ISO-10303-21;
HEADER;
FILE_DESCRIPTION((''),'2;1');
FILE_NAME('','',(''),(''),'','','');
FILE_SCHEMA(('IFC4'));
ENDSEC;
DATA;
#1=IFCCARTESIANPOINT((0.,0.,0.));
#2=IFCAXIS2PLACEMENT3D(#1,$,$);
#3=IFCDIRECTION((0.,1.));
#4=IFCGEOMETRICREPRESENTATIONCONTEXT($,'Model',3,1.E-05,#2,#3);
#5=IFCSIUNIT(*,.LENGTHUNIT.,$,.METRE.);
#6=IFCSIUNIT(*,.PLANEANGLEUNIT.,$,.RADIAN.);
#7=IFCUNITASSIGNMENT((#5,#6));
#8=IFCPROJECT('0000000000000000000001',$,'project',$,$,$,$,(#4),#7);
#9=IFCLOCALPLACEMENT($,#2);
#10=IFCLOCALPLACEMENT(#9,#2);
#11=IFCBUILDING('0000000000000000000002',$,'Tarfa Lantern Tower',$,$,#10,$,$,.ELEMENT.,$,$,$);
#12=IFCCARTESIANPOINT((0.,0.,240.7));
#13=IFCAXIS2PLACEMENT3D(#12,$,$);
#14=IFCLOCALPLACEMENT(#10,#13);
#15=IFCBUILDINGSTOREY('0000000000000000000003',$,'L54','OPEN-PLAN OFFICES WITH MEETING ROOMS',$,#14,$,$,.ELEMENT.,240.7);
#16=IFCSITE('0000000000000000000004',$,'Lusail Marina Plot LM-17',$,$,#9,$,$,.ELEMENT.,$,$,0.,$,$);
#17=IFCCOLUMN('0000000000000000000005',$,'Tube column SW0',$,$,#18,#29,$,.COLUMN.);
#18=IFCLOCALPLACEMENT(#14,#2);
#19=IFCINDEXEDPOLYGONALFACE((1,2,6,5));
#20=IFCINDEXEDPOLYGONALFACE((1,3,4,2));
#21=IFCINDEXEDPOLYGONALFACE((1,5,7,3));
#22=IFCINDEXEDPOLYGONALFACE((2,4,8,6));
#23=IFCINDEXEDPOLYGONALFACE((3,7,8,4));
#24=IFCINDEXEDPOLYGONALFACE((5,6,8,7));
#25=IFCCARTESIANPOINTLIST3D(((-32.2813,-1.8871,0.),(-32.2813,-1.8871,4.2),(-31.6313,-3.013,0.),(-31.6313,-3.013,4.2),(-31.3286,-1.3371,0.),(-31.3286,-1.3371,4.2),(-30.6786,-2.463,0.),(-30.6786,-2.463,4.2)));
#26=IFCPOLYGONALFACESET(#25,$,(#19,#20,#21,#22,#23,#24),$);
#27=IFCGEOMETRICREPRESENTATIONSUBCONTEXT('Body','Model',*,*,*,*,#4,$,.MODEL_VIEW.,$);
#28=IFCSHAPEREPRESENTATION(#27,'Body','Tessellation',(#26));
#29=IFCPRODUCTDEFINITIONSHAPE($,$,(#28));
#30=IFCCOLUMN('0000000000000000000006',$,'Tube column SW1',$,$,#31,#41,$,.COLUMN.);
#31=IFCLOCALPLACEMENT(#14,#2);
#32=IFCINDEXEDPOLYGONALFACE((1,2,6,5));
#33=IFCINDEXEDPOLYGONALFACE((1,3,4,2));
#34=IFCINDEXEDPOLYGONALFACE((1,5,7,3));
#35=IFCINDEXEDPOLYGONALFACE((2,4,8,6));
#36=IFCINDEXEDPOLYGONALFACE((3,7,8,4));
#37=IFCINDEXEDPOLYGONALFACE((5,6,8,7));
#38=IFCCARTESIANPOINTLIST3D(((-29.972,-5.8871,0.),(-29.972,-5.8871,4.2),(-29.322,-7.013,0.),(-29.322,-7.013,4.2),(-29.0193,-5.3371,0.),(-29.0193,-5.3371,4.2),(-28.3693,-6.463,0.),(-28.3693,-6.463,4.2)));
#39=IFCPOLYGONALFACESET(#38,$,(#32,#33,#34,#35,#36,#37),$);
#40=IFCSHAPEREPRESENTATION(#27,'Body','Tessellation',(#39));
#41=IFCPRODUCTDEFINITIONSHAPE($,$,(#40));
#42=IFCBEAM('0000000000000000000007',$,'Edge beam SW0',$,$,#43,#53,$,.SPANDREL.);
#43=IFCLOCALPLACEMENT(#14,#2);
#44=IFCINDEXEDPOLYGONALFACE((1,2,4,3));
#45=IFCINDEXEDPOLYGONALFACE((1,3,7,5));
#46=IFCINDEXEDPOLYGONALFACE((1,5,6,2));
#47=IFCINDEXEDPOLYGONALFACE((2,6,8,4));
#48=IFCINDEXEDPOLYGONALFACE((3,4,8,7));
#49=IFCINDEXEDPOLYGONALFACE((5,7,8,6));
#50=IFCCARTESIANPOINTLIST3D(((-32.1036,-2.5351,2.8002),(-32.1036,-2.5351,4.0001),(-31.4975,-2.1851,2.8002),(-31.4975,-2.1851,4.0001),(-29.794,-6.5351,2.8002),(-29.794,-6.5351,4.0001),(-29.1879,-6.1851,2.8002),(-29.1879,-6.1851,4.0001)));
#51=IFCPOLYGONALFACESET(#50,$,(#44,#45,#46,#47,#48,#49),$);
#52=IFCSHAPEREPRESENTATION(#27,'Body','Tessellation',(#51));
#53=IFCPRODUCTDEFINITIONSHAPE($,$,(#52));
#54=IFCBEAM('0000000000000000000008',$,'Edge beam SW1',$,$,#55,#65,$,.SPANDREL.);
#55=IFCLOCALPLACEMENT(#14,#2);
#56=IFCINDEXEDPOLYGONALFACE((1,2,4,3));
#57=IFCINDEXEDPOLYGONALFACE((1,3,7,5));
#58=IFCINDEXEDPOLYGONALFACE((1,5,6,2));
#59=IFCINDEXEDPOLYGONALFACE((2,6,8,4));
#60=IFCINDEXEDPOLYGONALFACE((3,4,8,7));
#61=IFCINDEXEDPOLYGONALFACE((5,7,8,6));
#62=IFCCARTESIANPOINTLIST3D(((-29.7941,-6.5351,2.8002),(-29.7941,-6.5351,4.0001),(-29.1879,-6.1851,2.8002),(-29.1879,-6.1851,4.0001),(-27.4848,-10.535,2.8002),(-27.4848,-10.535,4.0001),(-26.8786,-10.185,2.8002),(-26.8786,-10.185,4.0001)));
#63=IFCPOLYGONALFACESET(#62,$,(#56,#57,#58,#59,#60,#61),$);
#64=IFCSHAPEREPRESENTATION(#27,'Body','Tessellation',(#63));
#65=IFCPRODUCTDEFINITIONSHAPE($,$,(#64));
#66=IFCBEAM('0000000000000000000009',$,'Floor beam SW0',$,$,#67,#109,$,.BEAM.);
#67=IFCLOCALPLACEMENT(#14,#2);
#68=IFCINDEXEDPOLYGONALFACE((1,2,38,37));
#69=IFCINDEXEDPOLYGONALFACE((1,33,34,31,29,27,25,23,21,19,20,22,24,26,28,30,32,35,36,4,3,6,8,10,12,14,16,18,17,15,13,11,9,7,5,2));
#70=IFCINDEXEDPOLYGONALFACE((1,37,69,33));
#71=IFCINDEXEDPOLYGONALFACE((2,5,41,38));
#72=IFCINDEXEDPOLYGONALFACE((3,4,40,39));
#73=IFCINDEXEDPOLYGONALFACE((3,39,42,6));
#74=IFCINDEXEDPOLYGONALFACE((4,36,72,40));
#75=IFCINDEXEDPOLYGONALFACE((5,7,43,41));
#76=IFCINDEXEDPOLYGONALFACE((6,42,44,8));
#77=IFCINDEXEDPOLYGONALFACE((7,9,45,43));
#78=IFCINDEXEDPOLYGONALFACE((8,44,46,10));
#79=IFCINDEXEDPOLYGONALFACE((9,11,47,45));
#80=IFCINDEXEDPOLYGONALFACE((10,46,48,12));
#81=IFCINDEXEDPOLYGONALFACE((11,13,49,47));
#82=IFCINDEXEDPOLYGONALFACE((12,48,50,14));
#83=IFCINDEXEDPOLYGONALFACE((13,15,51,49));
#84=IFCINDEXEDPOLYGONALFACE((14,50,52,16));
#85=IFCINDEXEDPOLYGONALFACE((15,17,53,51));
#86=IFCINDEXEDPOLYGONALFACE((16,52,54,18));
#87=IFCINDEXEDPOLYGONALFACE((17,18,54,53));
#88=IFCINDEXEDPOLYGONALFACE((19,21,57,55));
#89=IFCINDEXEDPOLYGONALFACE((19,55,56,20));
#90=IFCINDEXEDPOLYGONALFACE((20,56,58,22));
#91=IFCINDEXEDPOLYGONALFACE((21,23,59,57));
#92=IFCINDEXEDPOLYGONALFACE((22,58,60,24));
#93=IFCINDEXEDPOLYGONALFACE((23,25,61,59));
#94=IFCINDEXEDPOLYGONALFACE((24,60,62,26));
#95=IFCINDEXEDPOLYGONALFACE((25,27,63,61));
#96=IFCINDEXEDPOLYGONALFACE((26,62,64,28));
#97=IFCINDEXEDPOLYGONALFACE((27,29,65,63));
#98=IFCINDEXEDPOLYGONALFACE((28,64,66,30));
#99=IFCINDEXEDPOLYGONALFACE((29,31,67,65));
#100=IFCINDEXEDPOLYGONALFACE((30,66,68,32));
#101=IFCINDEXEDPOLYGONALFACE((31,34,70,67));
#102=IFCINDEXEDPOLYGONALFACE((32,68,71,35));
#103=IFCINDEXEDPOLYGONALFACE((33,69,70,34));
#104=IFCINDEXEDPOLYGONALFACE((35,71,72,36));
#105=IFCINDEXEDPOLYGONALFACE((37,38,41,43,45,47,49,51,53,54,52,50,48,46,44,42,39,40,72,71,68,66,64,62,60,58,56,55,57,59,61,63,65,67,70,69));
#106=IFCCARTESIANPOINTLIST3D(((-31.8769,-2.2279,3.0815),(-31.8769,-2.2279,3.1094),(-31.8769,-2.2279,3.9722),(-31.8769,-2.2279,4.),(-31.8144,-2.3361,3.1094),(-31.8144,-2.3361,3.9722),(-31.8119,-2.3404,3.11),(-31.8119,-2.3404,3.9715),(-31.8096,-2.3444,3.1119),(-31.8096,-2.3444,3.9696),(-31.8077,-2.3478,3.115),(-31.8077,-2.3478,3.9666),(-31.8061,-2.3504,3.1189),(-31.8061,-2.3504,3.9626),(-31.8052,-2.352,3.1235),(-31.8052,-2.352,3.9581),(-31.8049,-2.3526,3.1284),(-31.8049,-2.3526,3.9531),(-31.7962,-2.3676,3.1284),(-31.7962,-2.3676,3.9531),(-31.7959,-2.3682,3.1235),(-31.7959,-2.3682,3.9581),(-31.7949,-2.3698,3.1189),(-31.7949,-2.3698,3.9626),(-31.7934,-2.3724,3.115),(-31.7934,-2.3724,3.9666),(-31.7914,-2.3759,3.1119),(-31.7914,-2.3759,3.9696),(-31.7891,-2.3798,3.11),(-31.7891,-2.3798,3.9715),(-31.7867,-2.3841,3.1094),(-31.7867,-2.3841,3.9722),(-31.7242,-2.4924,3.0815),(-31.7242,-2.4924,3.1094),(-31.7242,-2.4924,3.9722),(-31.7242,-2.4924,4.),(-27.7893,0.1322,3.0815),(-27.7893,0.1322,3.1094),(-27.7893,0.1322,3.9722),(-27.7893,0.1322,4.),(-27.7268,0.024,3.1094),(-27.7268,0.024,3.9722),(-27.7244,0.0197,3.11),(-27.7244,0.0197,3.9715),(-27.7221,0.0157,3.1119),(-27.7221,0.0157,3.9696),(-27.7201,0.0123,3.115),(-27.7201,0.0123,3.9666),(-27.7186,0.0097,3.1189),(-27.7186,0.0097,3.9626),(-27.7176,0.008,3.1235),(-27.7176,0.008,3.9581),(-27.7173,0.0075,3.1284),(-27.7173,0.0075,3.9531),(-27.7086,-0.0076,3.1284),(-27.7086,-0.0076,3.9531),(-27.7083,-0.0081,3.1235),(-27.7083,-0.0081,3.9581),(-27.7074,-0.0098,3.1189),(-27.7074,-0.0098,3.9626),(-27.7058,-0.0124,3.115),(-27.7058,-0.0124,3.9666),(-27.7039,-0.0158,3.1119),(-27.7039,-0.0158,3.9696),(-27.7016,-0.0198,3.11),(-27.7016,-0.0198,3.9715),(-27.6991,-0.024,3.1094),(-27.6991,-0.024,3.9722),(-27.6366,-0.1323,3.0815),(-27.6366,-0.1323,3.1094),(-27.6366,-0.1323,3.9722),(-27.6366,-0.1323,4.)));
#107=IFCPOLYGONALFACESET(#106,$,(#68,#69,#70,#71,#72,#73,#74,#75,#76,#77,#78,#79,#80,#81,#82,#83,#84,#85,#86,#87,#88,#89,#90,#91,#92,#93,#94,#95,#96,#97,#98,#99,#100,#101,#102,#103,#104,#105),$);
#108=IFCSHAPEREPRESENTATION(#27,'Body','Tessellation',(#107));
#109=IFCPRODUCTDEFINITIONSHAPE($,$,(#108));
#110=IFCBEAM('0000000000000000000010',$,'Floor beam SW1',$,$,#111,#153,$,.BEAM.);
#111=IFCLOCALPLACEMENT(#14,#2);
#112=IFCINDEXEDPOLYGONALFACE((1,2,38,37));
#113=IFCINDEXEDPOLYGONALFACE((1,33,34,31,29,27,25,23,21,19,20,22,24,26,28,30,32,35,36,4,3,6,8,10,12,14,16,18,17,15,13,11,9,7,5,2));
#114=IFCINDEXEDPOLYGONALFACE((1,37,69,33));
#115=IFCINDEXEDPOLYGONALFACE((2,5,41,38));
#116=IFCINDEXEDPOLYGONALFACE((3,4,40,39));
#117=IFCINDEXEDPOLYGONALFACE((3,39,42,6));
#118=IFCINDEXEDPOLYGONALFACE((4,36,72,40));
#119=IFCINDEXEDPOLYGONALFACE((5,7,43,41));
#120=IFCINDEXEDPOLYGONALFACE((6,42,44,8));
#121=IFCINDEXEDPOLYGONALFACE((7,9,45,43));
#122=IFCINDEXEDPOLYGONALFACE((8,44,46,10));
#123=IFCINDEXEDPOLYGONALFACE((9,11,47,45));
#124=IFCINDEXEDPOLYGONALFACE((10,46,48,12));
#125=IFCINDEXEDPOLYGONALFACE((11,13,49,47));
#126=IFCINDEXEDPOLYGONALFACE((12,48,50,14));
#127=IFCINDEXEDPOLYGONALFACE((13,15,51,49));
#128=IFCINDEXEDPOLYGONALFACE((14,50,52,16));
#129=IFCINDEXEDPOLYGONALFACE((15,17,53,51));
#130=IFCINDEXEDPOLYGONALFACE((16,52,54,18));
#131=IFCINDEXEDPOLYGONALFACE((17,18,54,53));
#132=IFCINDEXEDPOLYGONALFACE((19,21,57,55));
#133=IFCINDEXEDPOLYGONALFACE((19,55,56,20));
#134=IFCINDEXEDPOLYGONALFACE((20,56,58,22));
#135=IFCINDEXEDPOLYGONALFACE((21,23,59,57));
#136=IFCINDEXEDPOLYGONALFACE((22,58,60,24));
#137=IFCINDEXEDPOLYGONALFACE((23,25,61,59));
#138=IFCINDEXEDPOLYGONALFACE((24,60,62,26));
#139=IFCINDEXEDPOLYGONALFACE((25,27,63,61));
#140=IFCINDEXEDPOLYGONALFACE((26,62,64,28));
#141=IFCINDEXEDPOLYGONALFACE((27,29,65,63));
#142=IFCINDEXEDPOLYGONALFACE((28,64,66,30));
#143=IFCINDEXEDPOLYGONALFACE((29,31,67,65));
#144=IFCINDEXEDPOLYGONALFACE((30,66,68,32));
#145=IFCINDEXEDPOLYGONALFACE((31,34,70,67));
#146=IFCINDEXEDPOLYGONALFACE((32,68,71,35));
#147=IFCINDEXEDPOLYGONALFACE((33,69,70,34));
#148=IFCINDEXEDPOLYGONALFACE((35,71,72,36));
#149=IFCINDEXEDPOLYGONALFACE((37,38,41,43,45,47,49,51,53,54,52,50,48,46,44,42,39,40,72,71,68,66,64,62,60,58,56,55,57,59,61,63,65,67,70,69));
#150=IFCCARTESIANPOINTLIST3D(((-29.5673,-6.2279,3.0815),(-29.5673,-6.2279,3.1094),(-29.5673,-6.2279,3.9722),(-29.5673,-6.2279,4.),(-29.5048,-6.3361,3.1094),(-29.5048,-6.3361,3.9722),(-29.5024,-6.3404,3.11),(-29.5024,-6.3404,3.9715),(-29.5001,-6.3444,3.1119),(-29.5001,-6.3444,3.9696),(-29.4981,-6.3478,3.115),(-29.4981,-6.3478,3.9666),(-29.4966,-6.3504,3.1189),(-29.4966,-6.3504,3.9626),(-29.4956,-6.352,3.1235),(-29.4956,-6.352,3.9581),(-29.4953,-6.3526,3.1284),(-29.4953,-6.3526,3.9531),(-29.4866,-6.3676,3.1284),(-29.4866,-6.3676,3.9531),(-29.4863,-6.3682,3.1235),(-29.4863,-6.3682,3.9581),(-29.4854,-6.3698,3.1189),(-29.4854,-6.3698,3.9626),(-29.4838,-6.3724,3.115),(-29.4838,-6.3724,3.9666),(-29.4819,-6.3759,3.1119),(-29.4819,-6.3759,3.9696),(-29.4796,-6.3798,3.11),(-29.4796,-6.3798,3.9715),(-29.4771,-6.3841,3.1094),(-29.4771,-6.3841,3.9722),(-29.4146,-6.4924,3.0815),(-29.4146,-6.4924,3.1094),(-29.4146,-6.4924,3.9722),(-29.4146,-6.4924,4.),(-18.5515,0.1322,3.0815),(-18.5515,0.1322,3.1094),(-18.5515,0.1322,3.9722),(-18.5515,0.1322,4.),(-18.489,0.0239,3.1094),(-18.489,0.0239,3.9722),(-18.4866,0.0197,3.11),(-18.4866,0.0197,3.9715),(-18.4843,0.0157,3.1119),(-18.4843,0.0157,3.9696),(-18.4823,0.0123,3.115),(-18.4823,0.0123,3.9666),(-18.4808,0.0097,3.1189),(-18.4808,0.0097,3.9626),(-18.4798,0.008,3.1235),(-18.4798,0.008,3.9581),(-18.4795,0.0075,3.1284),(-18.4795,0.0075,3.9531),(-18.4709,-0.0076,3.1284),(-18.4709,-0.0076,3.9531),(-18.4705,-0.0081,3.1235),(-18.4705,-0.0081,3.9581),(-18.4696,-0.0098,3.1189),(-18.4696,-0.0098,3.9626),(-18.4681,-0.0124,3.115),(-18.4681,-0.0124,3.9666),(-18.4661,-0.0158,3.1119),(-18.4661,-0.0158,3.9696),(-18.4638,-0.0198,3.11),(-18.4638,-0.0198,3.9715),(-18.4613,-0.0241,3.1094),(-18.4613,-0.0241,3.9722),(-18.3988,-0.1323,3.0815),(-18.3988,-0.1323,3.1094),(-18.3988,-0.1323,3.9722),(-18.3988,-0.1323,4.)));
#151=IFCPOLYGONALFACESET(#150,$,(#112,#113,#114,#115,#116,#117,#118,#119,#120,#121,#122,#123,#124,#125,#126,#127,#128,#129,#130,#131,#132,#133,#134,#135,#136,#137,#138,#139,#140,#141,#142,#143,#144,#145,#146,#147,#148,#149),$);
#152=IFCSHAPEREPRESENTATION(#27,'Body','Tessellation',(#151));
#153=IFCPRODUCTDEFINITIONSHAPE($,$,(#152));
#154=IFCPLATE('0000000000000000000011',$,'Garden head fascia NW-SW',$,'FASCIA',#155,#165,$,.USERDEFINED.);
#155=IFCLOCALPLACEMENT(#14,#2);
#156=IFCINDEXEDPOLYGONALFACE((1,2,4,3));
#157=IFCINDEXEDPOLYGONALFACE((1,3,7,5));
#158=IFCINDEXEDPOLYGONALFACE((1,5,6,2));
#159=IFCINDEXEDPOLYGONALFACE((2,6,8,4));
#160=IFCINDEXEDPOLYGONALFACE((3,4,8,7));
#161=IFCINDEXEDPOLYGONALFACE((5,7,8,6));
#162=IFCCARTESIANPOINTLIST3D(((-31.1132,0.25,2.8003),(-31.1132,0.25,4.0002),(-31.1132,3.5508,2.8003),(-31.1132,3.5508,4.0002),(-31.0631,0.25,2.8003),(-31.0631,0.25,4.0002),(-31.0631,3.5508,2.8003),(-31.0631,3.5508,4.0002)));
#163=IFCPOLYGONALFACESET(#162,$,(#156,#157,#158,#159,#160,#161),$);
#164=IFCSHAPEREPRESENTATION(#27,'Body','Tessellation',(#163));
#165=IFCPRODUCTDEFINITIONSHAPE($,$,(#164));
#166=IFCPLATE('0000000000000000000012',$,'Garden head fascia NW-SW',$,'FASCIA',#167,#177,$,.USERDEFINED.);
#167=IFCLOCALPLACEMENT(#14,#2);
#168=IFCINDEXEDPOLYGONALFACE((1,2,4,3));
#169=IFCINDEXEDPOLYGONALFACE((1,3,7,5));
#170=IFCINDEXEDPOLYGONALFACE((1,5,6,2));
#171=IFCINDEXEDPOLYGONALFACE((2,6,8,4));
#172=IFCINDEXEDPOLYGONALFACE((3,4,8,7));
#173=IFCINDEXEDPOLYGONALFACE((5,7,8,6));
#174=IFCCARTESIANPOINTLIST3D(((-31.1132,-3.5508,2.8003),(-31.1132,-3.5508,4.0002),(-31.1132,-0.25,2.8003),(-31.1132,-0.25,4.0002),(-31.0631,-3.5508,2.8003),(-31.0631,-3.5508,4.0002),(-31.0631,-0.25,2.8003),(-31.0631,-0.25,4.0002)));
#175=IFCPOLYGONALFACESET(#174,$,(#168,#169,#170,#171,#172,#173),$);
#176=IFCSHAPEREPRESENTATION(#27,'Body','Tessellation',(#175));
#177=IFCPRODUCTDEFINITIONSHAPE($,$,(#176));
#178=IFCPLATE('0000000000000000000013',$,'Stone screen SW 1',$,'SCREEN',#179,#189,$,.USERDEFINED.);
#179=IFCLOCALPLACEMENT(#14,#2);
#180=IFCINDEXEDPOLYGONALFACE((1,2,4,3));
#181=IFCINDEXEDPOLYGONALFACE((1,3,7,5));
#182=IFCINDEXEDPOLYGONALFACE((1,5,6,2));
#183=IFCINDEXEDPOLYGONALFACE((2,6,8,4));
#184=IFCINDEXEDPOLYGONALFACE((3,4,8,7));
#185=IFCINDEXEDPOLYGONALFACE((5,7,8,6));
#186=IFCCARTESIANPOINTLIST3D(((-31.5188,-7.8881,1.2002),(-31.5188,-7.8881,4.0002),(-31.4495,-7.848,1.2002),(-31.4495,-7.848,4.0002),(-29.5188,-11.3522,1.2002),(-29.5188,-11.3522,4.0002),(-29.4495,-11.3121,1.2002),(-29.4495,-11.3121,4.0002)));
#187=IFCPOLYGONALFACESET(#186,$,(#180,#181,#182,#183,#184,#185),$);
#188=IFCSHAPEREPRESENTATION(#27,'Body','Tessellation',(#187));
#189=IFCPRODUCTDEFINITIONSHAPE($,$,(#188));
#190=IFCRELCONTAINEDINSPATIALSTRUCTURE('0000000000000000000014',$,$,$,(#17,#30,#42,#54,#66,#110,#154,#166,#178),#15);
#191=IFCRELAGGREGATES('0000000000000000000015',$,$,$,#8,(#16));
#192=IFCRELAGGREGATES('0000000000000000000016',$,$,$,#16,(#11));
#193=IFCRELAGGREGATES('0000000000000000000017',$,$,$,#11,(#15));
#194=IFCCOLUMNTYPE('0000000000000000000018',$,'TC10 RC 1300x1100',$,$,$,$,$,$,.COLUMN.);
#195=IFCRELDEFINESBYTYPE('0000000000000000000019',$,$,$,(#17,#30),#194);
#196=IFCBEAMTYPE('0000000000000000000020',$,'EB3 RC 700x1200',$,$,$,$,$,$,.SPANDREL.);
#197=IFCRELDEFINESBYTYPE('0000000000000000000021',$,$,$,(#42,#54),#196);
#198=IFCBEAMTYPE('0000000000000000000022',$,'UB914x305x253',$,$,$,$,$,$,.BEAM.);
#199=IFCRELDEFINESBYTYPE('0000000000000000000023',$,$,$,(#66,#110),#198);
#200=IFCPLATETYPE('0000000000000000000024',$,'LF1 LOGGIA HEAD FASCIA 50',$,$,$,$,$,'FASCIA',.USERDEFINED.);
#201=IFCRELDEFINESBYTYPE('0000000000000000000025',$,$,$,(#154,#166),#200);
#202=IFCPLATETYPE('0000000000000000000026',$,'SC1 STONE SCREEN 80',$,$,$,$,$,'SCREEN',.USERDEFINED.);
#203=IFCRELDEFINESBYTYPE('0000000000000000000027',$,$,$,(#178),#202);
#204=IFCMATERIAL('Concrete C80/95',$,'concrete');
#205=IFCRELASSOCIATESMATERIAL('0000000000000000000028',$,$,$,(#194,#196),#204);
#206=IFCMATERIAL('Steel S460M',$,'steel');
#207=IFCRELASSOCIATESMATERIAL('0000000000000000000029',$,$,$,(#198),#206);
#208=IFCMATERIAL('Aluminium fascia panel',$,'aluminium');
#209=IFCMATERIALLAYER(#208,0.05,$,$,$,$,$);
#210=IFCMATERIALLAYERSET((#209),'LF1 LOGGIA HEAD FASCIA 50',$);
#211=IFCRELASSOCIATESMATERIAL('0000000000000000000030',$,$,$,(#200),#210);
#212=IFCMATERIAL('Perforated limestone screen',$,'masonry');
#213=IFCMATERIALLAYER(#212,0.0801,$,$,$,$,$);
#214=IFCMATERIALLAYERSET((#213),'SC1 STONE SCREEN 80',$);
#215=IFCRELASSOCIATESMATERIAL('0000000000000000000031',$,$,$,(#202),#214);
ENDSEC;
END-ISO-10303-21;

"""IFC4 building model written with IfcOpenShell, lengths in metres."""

from ifc_helpers import new_model, si_unit, direction, frame, origin, origin_2d, place, context, subcontext, project, spatial, rectangle, i_section, extrude, material, layer, layer_set, material_profile, profile_set, type_object, element, save


model = new_model("IFC4")

# Units and contexts
model_context = context("Model", 3, precision=1e-05, world=origin(), true_north=direction((0.0, 1.0)))
body_context = subcontext(model_context, "Body", "Model", "MODEL_VIEW")
ifc_project = project(units=[si_unit("LENGTHUNIT", "METRE"), si_unit("PLANEANGLEUNIT", "RADIAN")], contexts=[model_context])

# Site, building, storey
site_placement = place(None, origin())
site = spatial("IfcSite", under=ifc_project, at=site_placement, Name="Lusail Marina Plot LM-17", CompositionType="ELEMENT", RefElevation=0.0)
building_placement = place(site_placement, origin())
building = spatial("IfcBuilding", under=site, at=building_placement, Name="Tarfa Lantern Tower", CompositionType="ELEMENT")
storey_placement = place(building_placement, frame((0.0, 0.0, 240.7)))
storey = spatial("IfcBuildingStorey", under=building, at=storey_placement, Name="L54", Description="OPEN-PLAN OFFICES WITH MEETING ROOMS", CompositionType="ELEMENT", Elevation=240.7)

# Columns
ifc_material_1 = material(Name="Concrete C80/95", Category="concrete")
ifc_material_profile_1 = material_profile(ifc_material_1, rectangle(XDim=1.3, YDim=1.1001, at=origin_2d()), Name="RC 1300x1100")
ifc_profile_set_1 = profile_set([ifc_material_profile_1], Name="Concrete C80/95")
column_type = type_object("IfcColumnType", Name="TC10 RC 1300x1100", PredefinedType="COLUMN", material=ifc_profile_set_1)
for number, where, z_axis, x_axis, name in (
    (1, (-31.48, -2.175, 0.0), (0.0, 0.0, 1.0), (0.5, -0.866025, 0.0), "Tube column SW0"),
    (2, (-29.1707, -6.175, 0.0), (0.0, 0.0, 1.0), (0.5, -0.866025, 0.0), "Tube column SW1"),
):
    element("IfcColumn", number, at=place(storey_placement, frame(where, z_axis=z_axis, x_axis=x_axis)), inside=storey, type_object=column_type, Name=name, PredefinedType="COLUMN", context=body_context, shape_type="SweptSolid", body=[
        extrude(rectangle(XDim=1.3, YDim=1.1001, at=origin_2d()), origin(), (0.0, 0.0, 1.0), 4.2),
    ])

# Beams
ifc_material_profile_2 = material_profile(ifc_material_1, rectangle(XDim=0.7, YDim=1.2, at=origin_2d()), Name="RC 700x1200")
ifc_profile_set_2 = profile_set([ifc_material_profile_2], Name="Concrete C80/95")
beam_type_1 = type_object("IfcBeamType", Name="EB3 RC 700x1200", PredefinedType="SPANDREL", material=ifc_profile_set_2)
beam_1_placement = place(storey_placement, frame((-31.8005, -2.3601, 3.4001), z_axis=(0.500027, -0.86601, 0.0), x_axis=(0.86601, 0.500027, 0.0)))
element("IfcBeam", 3, at=beam_1_placement, inside=storey, type_object=beam_type_1, Name="Edge beam SW0", PredefinedType="SPANDREL", context=body_context, shape_type="SweptSolid", body=[
    extrude(rectangle(XDim=0.7, YDim=1.2, at=origin_2d()), origin(), (0.0, 0.0, 1.0), 4.6189),
])
beam_2_placement = place(storey_placement, frame((-29.491, -6.3601, 3.4001), z_axis=(0.499988, -0.866032, 0.0), x_axis=(0.866032, 0.499988, 0.0)))
element("IfcBeam", 4, at=beam_2_placement, inside=storey, type_object=beam_type_1, Name="Edge beam SW1", PredefinedType="SPANDREL", context=body_context, shape_type="SweptSolid", body=[
    extrude(rectangle(XDim=0.7, YDim=1.2, at=origin_2d()), origin(), (0.0, 0.0, 1.0), 4.6187),
])
ifc_material_2 = material(Name="Steel S460M", Category="steel")
ifc_material_profile_3 = material_profile(ifc_material_2, i_section(OverallWidth=0.3054, OverallDepth=0.9185, WebThickness=0.0173, FlangeThickness=0.0278, FilletRadius=0.019, at=origin_2d()), Name="UB914x305x253")
ifc_profile_set_3 = profile_set([ifc_material_profile_3], Name="Steel S460M")
beam_type_2 = type_object("IfcBeamType", Name="UB914x305x253", PredefinedType="BEAM", material=ifc_profile_set_3)
beam_3_placement = place(storey_placement, frame((-31.8005, -2.3601, 3.5408), z_axis=(0.866016, 0.500016, 0.0), x_axis=(-0.500016, 0.866016, 0.0)))
element("IfcBeam", 5, at=beam_3_placement, inside=storey, type_object=beam_type_2, Name="Floor beam SW0", PredefinedType="BEAM", context=body_context, shape_type="SweptSolid", body=[
    extrude(i_section(OverallWidth=0.3054, OverallDepth=0.9185, WebThickness=0.0173, FlangeThickness=0.0278, FilletRadius=0.019, at=origin_2d()), origin(), (0.0, 0.0, 1.0), 4.72),
])
beam_4_placement = place(storey_placement, frame((-29.491, -6.3601, 3.5408), z_axis=(0.866022, 0.500005, 0.0), x_axis=(-0.500005, 0.866022, 0.0)))
element("IfcBeam", 6, at=beam_4_placement, inside=storey, type_object=beam_type_2, Name="Floor beam SW1", PredefinedType="BEAM", context=body_context, shape_type="SweptSolid", body=[
    extrude(i_section(OverallWidth=0.3054, OverallDepth=0.9185, WebThickness=0.0173, FlangeThickness=0.0278, FilletRadius=0.019, at=origin_2d()), origin(), (0.0, 0.0, 1.0), 12.72),
])

# Plates
ifc_material_3 = material(Name="Aluminium fascia panel", Category="aluminium")
ifc_layer_1 = layer(ifc_material_3, 0.05)
ifc_layer_set_1 = layer_set([ifc_layer_1], Name="LF1 LOGGIA HEAD FASCIA 50")
plate_type_1 = type_object("IfcPlateType", Name="LF1 LOGGIA HEAD FASCIA 50", ElementType="FASCIA", PredefinedType="USERDEFINED", material=ifc_layer_set_1)
for number, where, z_axis, x_axis, name in (
    (7, (-31.0881, 1.9004, 2.8003), (0.0, 0.0, 1.0), (0.0, -1.0, 0.0), "Garden head fascia NW-SW"),
    (8, (-31.0881, -1.9004, 2.8003), (0.0, 0.0, 1.0), (0.0, -1.0, 0.0), "Garden head fascia NW-SW"),
):
    element("IfcPlate", number, at=place(storey_placement, frame(where, z_axis=z_axis, x_axis=x_axis)), inside=storey, type_object=plate_type_1, Name=name, ObjectType="FASCIA", PredefinedType="USERDEFINED", context=body_context, shape_type="SweptSolid", body=[
        extrude(rectangle(XDim=3.3008, YDim=0.05, at=origin_2d()), origin(), (0.0, 0.0, 1.0), 1.2),
    ])
ifc_material_4 = material(Name="Perforated limestone screen", Category="masonry")
ifc_layer_2 = layer(ifc_material_4, 0.0801)
ifc_layer_set_2 = layer_set([ifc_layer_2], Name="SC1 STONE SCREEN 80")
plate_type_2 = type_object("IfcPlateType", Name="SC1 STONE SCREEN 80", ElementType="SCREEN", PredefinedType="USERDEFINED", material=ifc_layer_set_2)
plate_placement = place(storey_placement, frame((-30.4841, -9.6001, 1.2002), z_axis=(0.0, 0.0, 1.0), x_axis=(0.5, -0.866025, 0.0)))
element("IfcPlate", 9, at=plate_placement, inside=storey, type_object=plate_type_2, Name="Stone screen SW 1", ObjectType="SCREEN", PredefinedType="USERDEFINED", context=body_context, shape_type="SweptSolid", body=[
    extrude(rectangle(XDim=4.0, YDim=0.0801, at=origin_2d()), origin(), (0.0, 0.0, 1.0), 2.8),
])

save(model, "model.ifc")
